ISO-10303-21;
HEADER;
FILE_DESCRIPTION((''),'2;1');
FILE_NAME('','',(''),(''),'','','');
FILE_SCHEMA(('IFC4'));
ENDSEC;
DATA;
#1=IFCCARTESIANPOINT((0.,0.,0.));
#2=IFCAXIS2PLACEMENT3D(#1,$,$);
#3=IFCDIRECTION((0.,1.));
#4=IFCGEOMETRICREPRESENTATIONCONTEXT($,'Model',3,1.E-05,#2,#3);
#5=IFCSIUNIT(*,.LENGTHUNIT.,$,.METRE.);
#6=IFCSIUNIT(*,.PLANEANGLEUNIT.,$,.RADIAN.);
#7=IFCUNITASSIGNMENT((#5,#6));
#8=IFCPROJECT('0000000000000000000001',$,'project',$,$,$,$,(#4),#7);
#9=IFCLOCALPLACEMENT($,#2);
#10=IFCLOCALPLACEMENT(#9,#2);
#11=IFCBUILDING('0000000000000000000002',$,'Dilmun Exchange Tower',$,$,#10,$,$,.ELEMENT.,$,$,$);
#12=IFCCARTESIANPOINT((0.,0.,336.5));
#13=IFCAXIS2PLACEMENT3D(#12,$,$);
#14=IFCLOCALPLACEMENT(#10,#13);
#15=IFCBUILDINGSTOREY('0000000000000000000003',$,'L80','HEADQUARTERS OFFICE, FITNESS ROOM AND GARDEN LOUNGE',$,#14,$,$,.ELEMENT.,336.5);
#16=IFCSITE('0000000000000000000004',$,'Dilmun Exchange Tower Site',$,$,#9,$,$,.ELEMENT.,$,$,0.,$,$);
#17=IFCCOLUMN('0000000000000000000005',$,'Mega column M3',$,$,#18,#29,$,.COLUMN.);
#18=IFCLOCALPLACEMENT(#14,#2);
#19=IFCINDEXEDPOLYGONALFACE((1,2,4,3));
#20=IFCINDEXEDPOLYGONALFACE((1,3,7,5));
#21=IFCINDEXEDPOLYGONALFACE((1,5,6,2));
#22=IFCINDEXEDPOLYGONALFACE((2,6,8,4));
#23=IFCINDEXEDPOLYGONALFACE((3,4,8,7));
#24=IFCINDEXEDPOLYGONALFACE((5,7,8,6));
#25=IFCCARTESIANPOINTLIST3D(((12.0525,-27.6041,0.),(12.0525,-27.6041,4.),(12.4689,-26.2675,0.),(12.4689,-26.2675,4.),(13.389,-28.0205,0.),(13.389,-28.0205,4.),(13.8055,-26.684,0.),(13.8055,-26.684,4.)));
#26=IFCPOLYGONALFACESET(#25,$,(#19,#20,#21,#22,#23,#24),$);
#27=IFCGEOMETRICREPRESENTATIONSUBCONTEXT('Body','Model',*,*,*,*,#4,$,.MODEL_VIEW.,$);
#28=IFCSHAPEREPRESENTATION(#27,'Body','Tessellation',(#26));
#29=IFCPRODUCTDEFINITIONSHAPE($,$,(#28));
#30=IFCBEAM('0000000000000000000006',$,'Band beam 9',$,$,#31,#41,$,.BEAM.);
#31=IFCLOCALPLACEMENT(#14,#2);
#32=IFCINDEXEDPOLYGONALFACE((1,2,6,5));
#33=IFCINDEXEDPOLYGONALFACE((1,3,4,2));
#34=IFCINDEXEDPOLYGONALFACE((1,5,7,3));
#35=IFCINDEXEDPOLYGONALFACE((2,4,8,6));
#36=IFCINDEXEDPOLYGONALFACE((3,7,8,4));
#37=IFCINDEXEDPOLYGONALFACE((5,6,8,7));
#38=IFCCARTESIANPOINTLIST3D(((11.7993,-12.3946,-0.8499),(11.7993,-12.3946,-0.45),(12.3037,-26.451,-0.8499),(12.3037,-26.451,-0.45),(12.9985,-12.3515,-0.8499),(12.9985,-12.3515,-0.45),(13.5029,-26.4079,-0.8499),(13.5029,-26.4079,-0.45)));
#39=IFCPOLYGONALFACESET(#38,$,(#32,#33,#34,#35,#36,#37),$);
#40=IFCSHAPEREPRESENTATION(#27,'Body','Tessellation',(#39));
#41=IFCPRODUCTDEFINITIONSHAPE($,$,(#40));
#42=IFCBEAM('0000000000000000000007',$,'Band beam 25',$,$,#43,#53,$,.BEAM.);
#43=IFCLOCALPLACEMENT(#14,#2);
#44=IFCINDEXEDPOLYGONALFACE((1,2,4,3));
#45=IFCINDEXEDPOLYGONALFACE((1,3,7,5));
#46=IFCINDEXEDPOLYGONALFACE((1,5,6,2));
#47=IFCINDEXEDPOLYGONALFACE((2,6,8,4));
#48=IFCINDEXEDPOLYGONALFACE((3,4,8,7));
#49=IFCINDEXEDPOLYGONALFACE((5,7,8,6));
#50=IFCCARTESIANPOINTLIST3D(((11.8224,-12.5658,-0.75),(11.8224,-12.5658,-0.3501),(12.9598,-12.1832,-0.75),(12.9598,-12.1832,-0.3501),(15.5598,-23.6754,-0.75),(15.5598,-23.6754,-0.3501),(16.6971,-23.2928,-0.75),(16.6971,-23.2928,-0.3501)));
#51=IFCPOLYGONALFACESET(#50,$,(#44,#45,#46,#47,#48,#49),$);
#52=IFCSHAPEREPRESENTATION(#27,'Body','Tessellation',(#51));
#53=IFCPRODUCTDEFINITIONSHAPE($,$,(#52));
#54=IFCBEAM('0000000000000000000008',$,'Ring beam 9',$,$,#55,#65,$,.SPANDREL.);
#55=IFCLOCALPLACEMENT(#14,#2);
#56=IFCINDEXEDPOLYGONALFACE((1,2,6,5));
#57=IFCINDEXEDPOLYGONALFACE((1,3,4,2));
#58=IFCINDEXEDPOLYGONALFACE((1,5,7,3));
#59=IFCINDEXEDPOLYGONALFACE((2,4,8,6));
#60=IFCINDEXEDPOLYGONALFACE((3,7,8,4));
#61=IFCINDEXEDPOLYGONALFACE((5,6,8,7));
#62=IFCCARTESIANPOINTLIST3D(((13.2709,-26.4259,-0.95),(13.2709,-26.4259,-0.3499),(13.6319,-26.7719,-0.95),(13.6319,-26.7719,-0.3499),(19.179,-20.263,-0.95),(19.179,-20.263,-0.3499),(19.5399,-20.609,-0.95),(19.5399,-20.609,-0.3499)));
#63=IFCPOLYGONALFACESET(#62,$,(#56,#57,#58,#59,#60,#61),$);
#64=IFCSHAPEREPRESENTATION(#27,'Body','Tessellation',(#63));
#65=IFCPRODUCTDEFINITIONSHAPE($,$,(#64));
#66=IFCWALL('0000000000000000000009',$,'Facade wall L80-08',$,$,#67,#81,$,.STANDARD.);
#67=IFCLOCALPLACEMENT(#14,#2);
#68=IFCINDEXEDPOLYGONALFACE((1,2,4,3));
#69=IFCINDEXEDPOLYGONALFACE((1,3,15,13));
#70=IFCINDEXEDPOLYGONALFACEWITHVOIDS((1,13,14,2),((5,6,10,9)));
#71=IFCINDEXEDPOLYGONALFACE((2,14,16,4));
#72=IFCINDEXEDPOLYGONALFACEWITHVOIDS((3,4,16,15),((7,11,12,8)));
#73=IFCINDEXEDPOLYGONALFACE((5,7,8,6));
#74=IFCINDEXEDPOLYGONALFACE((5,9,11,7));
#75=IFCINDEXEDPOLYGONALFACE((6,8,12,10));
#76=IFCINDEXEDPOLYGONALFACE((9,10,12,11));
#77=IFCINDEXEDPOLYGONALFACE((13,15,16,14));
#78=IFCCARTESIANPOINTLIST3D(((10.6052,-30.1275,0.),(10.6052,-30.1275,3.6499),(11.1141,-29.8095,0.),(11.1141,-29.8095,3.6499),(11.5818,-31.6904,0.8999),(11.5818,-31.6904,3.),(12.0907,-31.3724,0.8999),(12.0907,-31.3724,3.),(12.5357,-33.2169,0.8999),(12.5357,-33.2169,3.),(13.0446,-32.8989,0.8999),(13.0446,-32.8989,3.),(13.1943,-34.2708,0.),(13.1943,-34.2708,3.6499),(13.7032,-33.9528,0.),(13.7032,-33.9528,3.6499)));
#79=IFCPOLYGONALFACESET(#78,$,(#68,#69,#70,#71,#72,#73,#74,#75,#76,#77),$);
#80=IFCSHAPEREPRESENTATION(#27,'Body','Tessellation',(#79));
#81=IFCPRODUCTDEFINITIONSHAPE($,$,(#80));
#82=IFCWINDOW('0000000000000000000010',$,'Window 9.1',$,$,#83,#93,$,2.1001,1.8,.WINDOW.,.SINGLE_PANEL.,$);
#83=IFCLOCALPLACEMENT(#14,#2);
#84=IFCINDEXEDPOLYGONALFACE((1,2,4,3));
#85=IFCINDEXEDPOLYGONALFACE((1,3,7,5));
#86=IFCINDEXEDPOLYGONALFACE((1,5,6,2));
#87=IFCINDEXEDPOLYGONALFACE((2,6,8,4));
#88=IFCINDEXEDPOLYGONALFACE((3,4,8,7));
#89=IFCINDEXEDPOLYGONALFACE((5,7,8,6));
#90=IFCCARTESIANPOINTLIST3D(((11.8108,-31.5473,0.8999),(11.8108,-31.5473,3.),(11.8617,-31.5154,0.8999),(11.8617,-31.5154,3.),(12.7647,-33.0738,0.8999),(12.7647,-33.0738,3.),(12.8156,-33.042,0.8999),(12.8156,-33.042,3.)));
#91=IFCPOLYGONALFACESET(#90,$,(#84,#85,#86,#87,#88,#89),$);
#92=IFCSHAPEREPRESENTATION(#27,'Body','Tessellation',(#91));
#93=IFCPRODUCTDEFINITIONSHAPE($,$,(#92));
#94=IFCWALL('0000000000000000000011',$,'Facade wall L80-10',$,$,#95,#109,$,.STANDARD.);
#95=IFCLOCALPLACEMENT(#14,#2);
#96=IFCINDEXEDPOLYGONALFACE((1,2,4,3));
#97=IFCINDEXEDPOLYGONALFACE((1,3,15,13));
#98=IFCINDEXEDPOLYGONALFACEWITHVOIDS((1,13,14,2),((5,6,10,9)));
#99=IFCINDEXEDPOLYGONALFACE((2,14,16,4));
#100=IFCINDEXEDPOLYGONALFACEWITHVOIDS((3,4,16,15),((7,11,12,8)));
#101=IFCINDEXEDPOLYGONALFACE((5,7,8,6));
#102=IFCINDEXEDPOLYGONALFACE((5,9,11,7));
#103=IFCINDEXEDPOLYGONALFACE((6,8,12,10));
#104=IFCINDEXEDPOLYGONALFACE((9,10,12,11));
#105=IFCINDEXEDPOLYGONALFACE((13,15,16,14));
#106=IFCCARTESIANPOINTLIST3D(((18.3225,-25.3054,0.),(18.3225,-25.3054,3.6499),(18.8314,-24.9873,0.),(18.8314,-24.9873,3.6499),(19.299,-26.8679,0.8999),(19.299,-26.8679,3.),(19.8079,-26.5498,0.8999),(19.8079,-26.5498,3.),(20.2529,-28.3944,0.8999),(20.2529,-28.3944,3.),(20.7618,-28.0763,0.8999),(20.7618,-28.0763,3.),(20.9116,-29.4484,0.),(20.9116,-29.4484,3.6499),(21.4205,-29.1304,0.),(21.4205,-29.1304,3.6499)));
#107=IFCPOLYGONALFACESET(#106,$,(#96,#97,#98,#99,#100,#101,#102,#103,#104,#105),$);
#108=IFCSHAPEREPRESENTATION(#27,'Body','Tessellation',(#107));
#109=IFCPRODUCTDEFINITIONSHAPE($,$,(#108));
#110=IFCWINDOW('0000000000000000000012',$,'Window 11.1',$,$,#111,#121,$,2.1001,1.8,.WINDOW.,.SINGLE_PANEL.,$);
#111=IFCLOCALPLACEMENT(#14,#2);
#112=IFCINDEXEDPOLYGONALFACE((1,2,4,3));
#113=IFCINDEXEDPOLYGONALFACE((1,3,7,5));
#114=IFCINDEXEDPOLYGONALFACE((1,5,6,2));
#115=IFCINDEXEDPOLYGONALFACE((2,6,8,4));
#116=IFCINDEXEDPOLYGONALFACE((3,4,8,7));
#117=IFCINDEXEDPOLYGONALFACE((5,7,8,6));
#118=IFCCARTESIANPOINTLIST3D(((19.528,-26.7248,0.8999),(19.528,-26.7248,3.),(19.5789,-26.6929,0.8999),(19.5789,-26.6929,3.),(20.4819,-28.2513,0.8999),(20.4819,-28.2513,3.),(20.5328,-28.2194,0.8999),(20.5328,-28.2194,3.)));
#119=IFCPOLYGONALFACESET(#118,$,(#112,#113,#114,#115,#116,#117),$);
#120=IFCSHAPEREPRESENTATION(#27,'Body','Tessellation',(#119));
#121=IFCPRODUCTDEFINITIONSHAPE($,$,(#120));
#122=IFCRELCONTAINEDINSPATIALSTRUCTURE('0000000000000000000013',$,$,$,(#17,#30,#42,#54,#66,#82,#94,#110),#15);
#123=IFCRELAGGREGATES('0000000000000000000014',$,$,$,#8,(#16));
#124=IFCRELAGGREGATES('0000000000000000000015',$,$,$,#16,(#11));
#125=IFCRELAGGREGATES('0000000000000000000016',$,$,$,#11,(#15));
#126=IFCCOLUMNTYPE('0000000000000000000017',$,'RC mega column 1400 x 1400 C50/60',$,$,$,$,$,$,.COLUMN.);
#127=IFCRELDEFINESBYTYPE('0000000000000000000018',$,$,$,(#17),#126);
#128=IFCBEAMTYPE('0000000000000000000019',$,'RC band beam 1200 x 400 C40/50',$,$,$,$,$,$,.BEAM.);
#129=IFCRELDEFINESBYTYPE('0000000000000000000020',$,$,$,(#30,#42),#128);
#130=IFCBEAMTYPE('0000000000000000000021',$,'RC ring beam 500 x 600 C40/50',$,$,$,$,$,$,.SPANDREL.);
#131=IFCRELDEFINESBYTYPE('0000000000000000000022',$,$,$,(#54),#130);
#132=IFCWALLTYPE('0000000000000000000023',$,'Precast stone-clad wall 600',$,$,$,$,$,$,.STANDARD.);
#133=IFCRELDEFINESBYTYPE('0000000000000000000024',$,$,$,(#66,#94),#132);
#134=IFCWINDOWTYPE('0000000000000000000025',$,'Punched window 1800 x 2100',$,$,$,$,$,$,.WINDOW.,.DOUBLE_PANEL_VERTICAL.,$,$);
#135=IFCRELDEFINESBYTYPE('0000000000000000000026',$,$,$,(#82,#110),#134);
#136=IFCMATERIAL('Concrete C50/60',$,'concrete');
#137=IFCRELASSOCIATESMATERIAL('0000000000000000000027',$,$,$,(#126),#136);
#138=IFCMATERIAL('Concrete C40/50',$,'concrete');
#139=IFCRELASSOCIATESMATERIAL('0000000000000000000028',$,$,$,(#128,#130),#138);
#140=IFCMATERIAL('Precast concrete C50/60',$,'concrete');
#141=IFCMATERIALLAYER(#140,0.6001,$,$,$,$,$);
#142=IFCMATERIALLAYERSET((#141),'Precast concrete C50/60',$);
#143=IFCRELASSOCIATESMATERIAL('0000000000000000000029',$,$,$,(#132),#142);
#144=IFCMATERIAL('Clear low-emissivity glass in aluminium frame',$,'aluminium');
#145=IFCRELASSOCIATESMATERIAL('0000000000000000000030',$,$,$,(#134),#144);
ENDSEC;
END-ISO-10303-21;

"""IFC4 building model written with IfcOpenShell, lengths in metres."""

from ifc_helpers import new_model, si_unit, direction, frame, frame_2d, origin, origin_2d, place, context, subcontext, project, spatial, rectangle, extrude, material, layer, layer_set, material_profile, profile_set, type_object, element, fill, save


model = new_model("IFC4")

# Units and contexts
model_context = context("Model", 3, precision=1e-05, world=origin(), true_north=direction((0.0, 1.0)))
body_context = subcontext(model_context, "Body", "Model", "MODEL_VIEW")
ifc_project = project(units=[si_unit("LENGTHUNIT", "METRE"), si_unit("PLANEANGLEUNIT", "RADIAN")], contexts=[model_context])

# Site, building, storey
site_placement = place(None, origin())
site = spatial("IfcSite", under=ifc_project, at=site_placement, Name="Dilmun Exchange Tower Site", CompositionType="ELEMENT", RefElevation=0.0)
building_placement = place(site_placement, origin())
building = spatial("IfcBuilding", under=site, at=building_placement, Name="Dilmun Exchange Tower", CompositionType="ELEMENT")
storey_placement = place(building_placement, frame((0.0, 0.0, 336.5)))
storey = spatial("IfcBuildingStorey", under=building, at=storey_placement, Name="L80", Description="HEADQUARTERS OFFICE, FITNESS ROOM AND GARDEN LOUNGE", CompositionType="ELEMENT", Elevation=336.5)

# Column
ifc_material_1 = material(Name="Concrete C50/60", Category="concrete")
ifc_material_profile_1 = material_profile(ifc_material_1, rectangle(XDim=1.3999, YDim=1.3999, at=origin_2d()), Name="1400 x 1400")
ifc_profile_set_1 = profile_set([ifc_material_profile_1], Name="Concrete C50/60")
column_type = type_object("IfcColumnType", Name="RC mega column 1400 x 1400 C50/60", PredefinedType="COLUMN", material=ifc_profile_set_1)
column_placement = place(storey_placement, frame((12.929, -27.144, 0.0), z_axis=(0.0, 0.0, 1.0), x_axis=(0.297503, 0.954721, 0.0)))
element("IfcColumn", 1, at=column_placement, inside=storey, type_object=column_type, Name="Mega column M3", PredefinedType="COLUMN", context=body_context, shape_type="SweptSolid", body=[
    extrude(rectangle(XDim=1.3999, YDim=1.3999, at=origin_2d()), origin(), (0.0, 0.0, 1.0), 4.0),
])

# Beams
ifc_material_2 = material(Name="Concrete C40/50", Category="concrete")
ifc_material_profile_2 = material_profile(ifc_material_2, rectangle(XDim=1.2, YDim=0.3999, at=origin_2d()), Name="1200 x 400")
ifc_profile_set_2 = profile_set([ifc_material_profile_2], Name="Concrete C40/50")
beam_type_1 = type_object("IfcBeamType", Name="RC band beam 1200 x 400 C40/50", PredefinedType="BEAM", material=ifc_profile_set_2)
beam_1_placement = place(storey_placement, frame((12.9033, -26.4294, -0.6499), z_axis=(-0.035861, 0.999357, 0.0), x_axis=(-0.999357, -0.035861, 0.0)))
element("IfcBeam", 2, at=beam_1_placement, inside=storey, type_object=beam_type_1, Name="Band beam 9", PredefinedType="BEAM", context=body_context, shape_type="SweptSolid", body=[
    extrude(rectangle(XDim=1.2, YDim=0.3999, at=origin_2d()), origin(), (0.0, 0.0, 1.0), 14.0654),
])
beam_2_placement = place(storey_placement, frame((16.1284, -23.4841, -0.55), z_axis=(-0.318845, 0.947807, 0.0), x_axis=(-0.947807, -0.318845, 0.0)))
element("IfcBeam", 3, at=beam_2_placement, inside=storey, type_object=beam_type_1, Name="Band beam 25", PredefinedType="BEAM", context=body_context, shape_type="SweptSolid", body=[
    extrude(rectangle(XDim=1.2, YDim=0.3999, at=origin_2d()), origin(), (0.0, 0.0, 1.0), 11.7214),
])
ifc_material_profile_3 = material_profile(ifc_material_2, rectangle(XDim=0.5, YDim=0.6001, at=origin_2d()), Name="500 x 600")
ifc_profile_set_3 = profile_set([ifc_material_profile_3], Name="Concrete C40/50")
beam_type_2 = type_object("IfcBeamType", Name="RC ring beam 500 x 600 C40/50", PredefinedType="SPANDREL", material=ifc_profile_set_3)
beam_3_placement = place(storey_placement, frame((13.4514, -26.5989, -0.6499), z_axis=(0.692022, 0.721877, 0.0), x_axis=(-0.721877, 0.692022, 0.0)))
element("IfcBeam", 4, at=beam_3_placement, inside=storey, type_object=beam_type_2, Name="Ring beam 9", PredefinedType="SPANDREL", context=body_context, shape_type="SweptSolid", body=[
    extrude(rectangle(XDim=0.5, YDim=0.6001, at=origin_2d()), origin(), (0.0, 0.0, 1.0), 8.5374),
])

# Walls, openings, windows
ifc_material_3 = material(Name="Precast concrete C50/60", Category="concrete")
ifc_layer = layer(ifc_material_3, 0.6001)
ifc_layer_set = layer_set([ifc_layer], Name="Precast concrete C50/60")
wall_type = type_object("IfcWallType", Name="Precast stone-clad wall 600", PredefinedType="STANDARD", material=ifc_layer_set)
wall_1_placement = place(storey_placement, frame((13.4487, -34.1118, 0.0), z_axis=(0.0, 0.0, 1.0), x_axis=(-0.529932, 0.84804, 0.0)))
wall_1 = element("IfcWall", 5, at=wall_1_placement, inside=storey, type_object=wall_type, Name="Facade wall L80-08", PredefinedType="STANDARD", context=body_context, shape_type="SweptSolid", body=[
    extrude(rectangle(XDim=4.8857, YDim=0.6001, at=frame_2d((2.4429, 0.0))), origin(), (0.0, 0.0, 1.0), 3.6499),
])
opening_1_placement = place(wall_1_placement, frame((1.2429, 0.0, 0.8999)))
opening_1 = element("IfcOpeningElement", 6, at=opening_1_placement, cuts=wall_1, PredefinedType="OPENING", context=body_context, shape_type="SweptSolid", body=[
    extrude(rectangle(XDim=1.8, YDim=2.1001, at=frame_2d((0.8999, 1.05))), frame((0.0, 0.3101, 0.0), z_axis=(0.0, -1.0, 0.0), x_axis=(1.0, 0.0, 0.0)), (0.0, 0.0, 1.0), 0.6201),
])
ifc_material_4 = material(Name="Clear low-emissivity glass in aluminium frame", Category="aluminium")
window_type_1 = type_object("IfcWindowType", Name="Punched window 1800 x 2100", PartitioningType="DOUBLE_PANEL_VERTICAL", PredefinedType="WINDOW", material=ifc_material_4)
window_1_placement = place(opening_1_placement, origin())
window_1 = element("IfcWindow", 7, at=window_1_placement, inside=storey, type_object=window_type_1, Name="Window 9.1", OverallHeight=2.1001, OverallWidth=1.8, PartitioningType="SINGLE_PANEL", PredefinedType="WINDOW", context=body_context, shape_type="SweptSolid", body=[
    extrude(rectangle(XDim=1.8, YDim=2.1001, at=frame_2d((0.8999, 1.05))), frame((0.0, 0.03, 0.0), z_axis=(0.0, -1.0, 0.0), x_axis=(1.0, 0.0, 0.0)), (0.0, 0.0, 1.0), 0.0601),
])
fill(opening_1, window_1)
wall_2_placement = place(storey_placement, frame((18.5769, -25.1462, 0.0), z_axis=(0.0, 0.0, 1.0), x_axis=(0.529954, -0.848026, 0.0)))
wall_2 = element("IfcWall", 8, at=wall_2_placement, inside=storey, type_object=wall_type, Name="Facade wall L80-10", PredefinedType="STANDARD", context=body_context, shape_type="SweptSolid", body=[
    extrude(rectangle(XDim=4.8855, YDim=0.6001, at=frame_2d((2.4429, 0.0))), origin(), (0.0, 0.0, 1.0), 3.6499),
])
opening_2_placement = place(wall_2_placement, frame((1.8428, 0.0, 0.8999)))
opening_2 = element("IfcOpeningElement", 9, at=opening_2_placement, cuts=wall_2, PredefinedType="OPENING", context=body_context, shape_type="SweptSolid", body=[
    extrude(rectangle(XDim=1.8, YDim=2.1001, at=frame_2d((0.8999, 1.05))), frame((0.0, 0.3101, 0.0), z_axis=(0.0, -1.0, 0.0), x_axis=(1.0, 0.0, 0.0)), (0.0, 0.0, 1.0), 0.6201),
])
window_2_placement = place(opening_2_placement, origin())
window_2 = element("IfcWindow", 10, at=window_2_placement, inside=storey, type_object=window_type_1, Name="Window 11.1", OverallHeight=2.1001, OverallWidth=1.8, PartitioningType="SINGLE_PANEL", PredefinedType="WINDOW", context=body_context, shape_type="SweptSolid", body=[
    extrude(rectangle(XDim=1.8, YDim=2.1001, at=frame_2d((0.8999, 1.05))), frame((0.0, 0.03, 0.0), z_axis=(0.0, -1.0, 0.0), x_axis=(1.0, 0.0, 0.0)), (0.0, 0.0, 1.0), 0.0601),
])
fill(opening_2, window_2)

save(model, "model.ifc")
